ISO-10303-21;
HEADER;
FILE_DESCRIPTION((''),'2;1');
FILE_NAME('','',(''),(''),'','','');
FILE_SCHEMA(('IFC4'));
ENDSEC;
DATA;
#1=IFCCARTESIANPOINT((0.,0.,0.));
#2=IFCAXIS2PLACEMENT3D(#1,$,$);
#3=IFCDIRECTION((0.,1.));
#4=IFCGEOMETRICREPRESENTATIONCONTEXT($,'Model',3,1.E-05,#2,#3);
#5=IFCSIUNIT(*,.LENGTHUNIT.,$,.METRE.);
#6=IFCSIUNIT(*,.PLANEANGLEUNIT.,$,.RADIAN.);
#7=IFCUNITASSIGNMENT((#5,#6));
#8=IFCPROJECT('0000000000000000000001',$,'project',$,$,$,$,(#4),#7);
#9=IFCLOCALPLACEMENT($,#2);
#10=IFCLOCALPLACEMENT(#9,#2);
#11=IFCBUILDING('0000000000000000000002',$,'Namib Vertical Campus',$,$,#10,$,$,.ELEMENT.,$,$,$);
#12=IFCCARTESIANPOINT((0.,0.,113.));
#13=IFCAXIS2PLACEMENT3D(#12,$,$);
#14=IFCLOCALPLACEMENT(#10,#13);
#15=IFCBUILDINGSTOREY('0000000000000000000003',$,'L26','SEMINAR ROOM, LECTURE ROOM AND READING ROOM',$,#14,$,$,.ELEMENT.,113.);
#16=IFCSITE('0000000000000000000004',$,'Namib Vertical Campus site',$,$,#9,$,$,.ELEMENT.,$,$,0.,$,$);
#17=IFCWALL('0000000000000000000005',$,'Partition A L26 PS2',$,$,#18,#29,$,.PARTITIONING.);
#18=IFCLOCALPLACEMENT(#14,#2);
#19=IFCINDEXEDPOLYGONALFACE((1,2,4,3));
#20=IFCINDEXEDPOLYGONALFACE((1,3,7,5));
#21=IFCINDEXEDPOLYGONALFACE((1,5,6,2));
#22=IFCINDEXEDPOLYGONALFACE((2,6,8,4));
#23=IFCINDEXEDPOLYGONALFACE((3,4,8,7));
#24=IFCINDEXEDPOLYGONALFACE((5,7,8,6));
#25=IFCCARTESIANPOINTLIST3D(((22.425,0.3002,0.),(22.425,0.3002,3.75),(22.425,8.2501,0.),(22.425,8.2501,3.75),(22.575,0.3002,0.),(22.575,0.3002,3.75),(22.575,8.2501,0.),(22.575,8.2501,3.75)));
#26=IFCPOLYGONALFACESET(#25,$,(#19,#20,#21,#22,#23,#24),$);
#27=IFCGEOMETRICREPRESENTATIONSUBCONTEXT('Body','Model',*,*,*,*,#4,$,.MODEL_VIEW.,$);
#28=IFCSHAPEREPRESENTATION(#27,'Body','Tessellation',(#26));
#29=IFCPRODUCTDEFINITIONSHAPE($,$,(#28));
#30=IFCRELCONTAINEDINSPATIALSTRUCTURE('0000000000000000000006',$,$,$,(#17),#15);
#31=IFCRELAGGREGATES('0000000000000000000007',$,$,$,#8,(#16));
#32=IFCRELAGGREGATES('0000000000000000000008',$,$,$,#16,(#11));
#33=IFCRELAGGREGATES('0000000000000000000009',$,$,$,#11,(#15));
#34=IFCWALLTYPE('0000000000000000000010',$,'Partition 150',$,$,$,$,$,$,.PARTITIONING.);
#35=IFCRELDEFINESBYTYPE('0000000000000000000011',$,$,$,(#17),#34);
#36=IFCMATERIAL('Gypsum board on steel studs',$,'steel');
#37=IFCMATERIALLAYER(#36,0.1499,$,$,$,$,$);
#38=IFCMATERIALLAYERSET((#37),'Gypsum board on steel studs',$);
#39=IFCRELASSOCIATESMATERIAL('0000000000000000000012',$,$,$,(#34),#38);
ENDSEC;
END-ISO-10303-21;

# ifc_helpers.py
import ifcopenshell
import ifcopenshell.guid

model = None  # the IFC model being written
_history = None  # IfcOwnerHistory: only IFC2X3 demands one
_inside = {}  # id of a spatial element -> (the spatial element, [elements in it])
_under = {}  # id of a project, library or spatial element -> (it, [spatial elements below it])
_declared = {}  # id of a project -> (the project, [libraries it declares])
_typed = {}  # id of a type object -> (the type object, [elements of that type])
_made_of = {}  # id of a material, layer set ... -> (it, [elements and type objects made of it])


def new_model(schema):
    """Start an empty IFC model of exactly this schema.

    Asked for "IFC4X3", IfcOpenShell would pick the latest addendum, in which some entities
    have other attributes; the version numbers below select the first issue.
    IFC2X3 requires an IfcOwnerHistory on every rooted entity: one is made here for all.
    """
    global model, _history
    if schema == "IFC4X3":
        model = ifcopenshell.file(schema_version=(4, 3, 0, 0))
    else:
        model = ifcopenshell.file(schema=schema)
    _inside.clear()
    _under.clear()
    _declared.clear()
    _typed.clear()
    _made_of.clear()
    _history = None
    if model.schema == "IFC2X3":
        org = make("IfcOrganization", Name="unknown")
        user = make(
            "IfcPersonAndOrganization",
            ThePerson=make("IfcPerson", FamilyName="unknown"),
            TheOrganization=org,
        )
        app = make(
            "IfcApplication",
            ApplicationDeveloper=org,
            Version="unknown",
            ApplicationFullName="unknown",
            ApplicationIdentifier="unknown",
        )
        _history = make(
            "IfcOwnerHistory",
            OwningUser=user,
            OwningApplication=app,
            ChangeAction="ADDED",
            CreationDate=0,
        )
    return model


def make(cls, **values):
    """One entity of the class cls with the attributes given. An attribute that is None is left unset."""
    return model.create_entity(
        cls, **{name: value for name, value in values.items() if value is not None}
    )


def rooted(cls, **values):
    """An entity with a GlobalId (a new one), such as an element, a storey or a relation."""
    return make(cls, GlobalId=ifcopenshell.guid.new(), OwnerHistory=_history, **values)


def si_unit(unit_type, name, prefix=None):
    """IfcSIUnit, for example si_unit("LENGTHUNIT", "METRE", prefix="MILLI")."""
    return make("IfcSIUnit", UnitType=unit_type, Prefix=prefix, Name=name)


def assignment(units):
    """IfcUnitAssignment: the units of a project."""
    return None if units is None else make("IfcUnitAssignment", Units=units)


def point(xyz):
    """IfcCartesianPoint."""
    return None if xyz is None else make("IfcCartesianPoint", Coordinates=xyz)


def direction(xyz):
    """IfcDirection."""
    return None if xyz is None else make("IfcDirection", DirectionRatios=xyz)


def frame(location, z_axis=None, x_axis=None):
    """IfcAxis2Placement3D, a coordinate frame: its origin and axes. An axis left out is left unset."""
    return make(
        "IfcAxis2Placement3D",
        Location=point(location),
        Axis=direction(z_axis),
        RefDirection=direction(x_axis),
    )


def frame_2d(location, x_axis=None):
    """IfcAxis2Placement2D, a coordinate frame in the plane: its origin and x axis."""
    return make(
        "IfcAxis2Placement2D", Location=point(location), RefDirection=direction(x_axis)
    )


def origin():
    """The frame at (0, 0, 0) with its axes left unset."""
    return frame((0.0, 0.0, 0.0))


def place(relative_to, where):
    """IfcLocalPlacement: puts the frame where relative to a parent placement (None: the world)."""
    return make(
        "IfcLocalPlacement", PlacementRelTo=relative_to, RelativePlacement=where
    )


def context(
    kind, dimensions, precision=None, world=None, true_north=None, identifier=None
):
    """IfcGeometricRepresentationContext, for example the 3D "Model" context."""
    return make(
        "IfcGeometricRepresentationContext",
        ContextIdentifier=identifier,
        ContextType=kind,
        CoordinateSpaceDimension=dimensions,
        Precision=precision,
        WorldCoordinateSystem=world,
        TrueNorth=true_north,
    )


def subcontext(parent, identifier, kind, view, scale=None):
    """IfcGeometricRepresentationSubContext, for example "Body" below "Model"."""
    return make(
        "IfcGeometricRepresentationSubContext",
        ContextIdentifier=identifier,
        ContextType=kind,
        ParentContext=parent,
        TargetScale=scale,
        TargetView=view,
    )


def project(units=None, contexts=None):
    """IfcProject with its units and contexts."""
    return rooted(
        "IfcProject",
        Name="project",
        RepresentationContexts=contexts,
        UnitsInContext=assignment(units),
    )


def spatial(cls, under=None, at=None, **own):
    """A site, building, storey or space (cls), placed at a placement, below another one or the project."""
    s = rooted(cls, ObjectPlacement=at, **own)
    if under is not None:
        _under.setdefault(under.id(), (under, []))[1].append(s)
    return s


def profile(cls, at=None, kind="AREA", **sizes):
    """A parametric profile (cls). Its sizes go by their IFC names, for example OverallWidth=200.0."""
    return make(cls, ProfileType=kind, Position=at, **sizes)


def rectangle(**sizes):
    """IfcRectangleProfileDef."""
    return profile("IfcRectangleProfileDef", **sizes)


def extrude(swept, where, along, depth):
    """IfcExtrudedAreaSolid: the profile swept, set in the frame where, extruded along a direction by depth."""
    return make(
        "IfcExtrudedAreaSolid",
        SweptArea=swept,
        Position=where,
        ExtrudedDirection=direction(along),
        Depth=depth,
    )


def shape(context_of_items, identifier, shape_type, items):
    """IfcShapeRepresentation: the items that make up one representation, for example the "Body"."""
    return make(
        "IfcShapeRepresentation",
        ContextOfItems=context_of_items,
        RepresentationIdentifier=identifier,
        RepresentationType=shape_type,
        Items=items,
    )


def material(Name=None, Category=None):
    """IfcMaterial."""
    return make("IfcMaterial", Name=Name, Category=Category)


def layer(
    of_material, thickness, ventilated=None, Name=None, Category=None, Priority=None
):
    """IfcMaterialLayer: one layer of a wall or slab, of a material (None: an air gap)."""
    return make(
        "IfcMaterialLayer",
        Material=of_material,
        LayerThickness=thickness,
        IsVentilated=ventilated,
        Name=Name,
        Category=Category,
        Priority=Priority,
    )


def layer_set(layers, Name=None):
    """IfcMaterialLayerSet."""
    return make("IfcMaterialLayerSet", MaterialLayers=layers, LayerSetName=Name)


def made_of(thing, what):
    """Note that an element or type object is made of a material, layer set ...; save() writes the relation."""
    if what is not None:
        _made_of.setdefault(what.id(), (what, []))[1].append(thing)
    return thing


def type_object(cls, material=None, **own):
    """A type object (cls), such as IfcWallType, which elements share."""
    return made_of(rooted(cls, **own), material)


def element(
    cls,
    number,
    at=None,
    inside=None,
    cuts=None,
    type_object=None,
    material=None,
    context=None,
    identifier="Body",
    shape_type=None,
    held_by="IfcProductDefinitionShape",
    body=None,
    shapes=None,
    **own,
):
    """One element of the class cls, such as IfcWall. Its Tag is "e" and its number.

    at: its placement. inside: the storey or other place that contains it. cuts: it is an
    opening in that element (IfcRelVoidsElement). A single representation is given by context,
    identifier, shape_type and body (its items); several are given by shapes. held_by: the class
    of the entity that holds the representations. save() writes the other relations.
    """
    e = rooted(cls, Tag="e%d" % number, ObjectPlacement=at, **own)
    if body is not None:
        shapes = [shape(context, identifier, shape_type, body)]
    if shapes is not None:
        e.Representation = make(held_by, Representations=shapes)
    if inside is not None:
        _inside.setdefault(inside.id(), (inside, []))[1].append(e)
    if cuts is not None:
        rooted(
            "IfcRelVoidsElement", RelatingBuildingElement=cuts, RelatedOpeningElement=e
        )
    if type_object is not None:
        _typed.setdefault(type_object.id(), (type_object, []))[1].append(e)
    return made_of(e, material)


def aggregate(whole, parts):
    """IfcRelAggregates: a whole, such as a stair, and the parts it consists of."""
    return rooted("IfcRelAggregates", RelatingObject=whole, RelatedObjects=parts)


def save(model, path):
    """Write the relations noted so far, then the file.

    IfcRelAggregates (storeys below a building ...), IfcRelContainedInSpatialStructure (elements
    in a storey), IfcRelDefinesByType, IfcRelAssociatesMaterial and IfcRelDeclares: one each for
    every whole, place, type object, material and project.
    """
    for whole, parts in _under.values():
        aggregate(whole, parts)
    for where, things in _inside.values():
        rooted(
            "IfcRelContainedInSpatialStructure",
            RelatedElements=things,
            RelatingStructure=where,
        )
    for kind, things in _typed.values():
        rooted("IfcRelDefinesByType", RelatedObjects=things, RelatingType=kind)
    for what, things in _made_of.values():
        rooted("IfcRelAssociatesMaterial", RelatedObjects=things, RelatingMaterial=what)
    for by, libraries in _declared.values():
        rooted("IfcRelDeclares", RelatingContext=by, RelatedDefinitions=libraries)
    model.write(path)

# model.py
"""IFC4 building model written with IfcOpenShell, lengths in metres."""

from ifc_helpers import new_model, si_unit, direction, frame, frame_2d, origin, place, context, subcontext, project, spatial, rectangle, extrude, material, layer, layer_set, type_object, element, save


model = new_model("IFC4")

# Units and contexts
model_context = context("Model", 3, precision=1e-05, world=origin(), true_north=direction((0.0, 1.0)))
body_context = subcontext(model_context, "Body", "Model", "MODEL_VIEW")
ifc_project = project(units=[si_unit("LENGTHUNIT", "METRE"), si_unit("PLANEANGLEUNIT", "RADIAN")], contexts=[model_context])

# Site, building, storey
site_placement = place(None, origin())
site = spatial("IfcSite", under=ifc_project, at=site_placement, Name="Namib Vertical Campus site", CompositionType="ELEMENT", RefElevation=0.0)
building_placement = place(site_placement, origin())
building = spatial("IfcBuilding", under=site, at=building_placement, Name="Namib Vertical Campus", CompositionType="ELEMENT")
storey_placement = place(building_placement, frame((0.0, 0.0, 113.0)))
storey = spatial("IfcBuildingStorey", under=building, at=storey_placement, Name="L26", Description="SEMINAR ROOM, LECTURE ROOM AND READING ROOM", CompositionType="ELEMENT", Elevation=113.0)

# Wall
ifc_material_1 = material(Name="Gypsum board on steel studs", Category="steel")
ifc_layer_1 = layer(ifc_material_1, 0.1499)
ifc_layer_set_1 = layer_set([ifc_layer_1], Name="Gypsum board on steel studs")
wall_type_1 = type_object("IfcWallType", Name="Partition 150", PredefinedType="PARTITIONING", material=ifc_layer_set_1)
wall_1_placement = place(storey_placement, frame((22.5, 0.3, 0.0), z_axis=(0.0, 0.0, 1.0), x_axis=(0.0, 1.0, 0.0)))
element("IfcWall", 1, at=wall_1_placement, inside=storey, type_object=wall_type_1, Name="Partition A L26 PS2", PredefinedType="PARTITIONING", context=body_context, shape_type="SweptSolid", body=[
    extrude(rectangle(XDim=7.95, YDim=0.1499, at=frame_2d((3.9751, 0.0))), origin(), (0.0, 0.0, 1.0), 3.75),
])

save(model, "model.ifc")
